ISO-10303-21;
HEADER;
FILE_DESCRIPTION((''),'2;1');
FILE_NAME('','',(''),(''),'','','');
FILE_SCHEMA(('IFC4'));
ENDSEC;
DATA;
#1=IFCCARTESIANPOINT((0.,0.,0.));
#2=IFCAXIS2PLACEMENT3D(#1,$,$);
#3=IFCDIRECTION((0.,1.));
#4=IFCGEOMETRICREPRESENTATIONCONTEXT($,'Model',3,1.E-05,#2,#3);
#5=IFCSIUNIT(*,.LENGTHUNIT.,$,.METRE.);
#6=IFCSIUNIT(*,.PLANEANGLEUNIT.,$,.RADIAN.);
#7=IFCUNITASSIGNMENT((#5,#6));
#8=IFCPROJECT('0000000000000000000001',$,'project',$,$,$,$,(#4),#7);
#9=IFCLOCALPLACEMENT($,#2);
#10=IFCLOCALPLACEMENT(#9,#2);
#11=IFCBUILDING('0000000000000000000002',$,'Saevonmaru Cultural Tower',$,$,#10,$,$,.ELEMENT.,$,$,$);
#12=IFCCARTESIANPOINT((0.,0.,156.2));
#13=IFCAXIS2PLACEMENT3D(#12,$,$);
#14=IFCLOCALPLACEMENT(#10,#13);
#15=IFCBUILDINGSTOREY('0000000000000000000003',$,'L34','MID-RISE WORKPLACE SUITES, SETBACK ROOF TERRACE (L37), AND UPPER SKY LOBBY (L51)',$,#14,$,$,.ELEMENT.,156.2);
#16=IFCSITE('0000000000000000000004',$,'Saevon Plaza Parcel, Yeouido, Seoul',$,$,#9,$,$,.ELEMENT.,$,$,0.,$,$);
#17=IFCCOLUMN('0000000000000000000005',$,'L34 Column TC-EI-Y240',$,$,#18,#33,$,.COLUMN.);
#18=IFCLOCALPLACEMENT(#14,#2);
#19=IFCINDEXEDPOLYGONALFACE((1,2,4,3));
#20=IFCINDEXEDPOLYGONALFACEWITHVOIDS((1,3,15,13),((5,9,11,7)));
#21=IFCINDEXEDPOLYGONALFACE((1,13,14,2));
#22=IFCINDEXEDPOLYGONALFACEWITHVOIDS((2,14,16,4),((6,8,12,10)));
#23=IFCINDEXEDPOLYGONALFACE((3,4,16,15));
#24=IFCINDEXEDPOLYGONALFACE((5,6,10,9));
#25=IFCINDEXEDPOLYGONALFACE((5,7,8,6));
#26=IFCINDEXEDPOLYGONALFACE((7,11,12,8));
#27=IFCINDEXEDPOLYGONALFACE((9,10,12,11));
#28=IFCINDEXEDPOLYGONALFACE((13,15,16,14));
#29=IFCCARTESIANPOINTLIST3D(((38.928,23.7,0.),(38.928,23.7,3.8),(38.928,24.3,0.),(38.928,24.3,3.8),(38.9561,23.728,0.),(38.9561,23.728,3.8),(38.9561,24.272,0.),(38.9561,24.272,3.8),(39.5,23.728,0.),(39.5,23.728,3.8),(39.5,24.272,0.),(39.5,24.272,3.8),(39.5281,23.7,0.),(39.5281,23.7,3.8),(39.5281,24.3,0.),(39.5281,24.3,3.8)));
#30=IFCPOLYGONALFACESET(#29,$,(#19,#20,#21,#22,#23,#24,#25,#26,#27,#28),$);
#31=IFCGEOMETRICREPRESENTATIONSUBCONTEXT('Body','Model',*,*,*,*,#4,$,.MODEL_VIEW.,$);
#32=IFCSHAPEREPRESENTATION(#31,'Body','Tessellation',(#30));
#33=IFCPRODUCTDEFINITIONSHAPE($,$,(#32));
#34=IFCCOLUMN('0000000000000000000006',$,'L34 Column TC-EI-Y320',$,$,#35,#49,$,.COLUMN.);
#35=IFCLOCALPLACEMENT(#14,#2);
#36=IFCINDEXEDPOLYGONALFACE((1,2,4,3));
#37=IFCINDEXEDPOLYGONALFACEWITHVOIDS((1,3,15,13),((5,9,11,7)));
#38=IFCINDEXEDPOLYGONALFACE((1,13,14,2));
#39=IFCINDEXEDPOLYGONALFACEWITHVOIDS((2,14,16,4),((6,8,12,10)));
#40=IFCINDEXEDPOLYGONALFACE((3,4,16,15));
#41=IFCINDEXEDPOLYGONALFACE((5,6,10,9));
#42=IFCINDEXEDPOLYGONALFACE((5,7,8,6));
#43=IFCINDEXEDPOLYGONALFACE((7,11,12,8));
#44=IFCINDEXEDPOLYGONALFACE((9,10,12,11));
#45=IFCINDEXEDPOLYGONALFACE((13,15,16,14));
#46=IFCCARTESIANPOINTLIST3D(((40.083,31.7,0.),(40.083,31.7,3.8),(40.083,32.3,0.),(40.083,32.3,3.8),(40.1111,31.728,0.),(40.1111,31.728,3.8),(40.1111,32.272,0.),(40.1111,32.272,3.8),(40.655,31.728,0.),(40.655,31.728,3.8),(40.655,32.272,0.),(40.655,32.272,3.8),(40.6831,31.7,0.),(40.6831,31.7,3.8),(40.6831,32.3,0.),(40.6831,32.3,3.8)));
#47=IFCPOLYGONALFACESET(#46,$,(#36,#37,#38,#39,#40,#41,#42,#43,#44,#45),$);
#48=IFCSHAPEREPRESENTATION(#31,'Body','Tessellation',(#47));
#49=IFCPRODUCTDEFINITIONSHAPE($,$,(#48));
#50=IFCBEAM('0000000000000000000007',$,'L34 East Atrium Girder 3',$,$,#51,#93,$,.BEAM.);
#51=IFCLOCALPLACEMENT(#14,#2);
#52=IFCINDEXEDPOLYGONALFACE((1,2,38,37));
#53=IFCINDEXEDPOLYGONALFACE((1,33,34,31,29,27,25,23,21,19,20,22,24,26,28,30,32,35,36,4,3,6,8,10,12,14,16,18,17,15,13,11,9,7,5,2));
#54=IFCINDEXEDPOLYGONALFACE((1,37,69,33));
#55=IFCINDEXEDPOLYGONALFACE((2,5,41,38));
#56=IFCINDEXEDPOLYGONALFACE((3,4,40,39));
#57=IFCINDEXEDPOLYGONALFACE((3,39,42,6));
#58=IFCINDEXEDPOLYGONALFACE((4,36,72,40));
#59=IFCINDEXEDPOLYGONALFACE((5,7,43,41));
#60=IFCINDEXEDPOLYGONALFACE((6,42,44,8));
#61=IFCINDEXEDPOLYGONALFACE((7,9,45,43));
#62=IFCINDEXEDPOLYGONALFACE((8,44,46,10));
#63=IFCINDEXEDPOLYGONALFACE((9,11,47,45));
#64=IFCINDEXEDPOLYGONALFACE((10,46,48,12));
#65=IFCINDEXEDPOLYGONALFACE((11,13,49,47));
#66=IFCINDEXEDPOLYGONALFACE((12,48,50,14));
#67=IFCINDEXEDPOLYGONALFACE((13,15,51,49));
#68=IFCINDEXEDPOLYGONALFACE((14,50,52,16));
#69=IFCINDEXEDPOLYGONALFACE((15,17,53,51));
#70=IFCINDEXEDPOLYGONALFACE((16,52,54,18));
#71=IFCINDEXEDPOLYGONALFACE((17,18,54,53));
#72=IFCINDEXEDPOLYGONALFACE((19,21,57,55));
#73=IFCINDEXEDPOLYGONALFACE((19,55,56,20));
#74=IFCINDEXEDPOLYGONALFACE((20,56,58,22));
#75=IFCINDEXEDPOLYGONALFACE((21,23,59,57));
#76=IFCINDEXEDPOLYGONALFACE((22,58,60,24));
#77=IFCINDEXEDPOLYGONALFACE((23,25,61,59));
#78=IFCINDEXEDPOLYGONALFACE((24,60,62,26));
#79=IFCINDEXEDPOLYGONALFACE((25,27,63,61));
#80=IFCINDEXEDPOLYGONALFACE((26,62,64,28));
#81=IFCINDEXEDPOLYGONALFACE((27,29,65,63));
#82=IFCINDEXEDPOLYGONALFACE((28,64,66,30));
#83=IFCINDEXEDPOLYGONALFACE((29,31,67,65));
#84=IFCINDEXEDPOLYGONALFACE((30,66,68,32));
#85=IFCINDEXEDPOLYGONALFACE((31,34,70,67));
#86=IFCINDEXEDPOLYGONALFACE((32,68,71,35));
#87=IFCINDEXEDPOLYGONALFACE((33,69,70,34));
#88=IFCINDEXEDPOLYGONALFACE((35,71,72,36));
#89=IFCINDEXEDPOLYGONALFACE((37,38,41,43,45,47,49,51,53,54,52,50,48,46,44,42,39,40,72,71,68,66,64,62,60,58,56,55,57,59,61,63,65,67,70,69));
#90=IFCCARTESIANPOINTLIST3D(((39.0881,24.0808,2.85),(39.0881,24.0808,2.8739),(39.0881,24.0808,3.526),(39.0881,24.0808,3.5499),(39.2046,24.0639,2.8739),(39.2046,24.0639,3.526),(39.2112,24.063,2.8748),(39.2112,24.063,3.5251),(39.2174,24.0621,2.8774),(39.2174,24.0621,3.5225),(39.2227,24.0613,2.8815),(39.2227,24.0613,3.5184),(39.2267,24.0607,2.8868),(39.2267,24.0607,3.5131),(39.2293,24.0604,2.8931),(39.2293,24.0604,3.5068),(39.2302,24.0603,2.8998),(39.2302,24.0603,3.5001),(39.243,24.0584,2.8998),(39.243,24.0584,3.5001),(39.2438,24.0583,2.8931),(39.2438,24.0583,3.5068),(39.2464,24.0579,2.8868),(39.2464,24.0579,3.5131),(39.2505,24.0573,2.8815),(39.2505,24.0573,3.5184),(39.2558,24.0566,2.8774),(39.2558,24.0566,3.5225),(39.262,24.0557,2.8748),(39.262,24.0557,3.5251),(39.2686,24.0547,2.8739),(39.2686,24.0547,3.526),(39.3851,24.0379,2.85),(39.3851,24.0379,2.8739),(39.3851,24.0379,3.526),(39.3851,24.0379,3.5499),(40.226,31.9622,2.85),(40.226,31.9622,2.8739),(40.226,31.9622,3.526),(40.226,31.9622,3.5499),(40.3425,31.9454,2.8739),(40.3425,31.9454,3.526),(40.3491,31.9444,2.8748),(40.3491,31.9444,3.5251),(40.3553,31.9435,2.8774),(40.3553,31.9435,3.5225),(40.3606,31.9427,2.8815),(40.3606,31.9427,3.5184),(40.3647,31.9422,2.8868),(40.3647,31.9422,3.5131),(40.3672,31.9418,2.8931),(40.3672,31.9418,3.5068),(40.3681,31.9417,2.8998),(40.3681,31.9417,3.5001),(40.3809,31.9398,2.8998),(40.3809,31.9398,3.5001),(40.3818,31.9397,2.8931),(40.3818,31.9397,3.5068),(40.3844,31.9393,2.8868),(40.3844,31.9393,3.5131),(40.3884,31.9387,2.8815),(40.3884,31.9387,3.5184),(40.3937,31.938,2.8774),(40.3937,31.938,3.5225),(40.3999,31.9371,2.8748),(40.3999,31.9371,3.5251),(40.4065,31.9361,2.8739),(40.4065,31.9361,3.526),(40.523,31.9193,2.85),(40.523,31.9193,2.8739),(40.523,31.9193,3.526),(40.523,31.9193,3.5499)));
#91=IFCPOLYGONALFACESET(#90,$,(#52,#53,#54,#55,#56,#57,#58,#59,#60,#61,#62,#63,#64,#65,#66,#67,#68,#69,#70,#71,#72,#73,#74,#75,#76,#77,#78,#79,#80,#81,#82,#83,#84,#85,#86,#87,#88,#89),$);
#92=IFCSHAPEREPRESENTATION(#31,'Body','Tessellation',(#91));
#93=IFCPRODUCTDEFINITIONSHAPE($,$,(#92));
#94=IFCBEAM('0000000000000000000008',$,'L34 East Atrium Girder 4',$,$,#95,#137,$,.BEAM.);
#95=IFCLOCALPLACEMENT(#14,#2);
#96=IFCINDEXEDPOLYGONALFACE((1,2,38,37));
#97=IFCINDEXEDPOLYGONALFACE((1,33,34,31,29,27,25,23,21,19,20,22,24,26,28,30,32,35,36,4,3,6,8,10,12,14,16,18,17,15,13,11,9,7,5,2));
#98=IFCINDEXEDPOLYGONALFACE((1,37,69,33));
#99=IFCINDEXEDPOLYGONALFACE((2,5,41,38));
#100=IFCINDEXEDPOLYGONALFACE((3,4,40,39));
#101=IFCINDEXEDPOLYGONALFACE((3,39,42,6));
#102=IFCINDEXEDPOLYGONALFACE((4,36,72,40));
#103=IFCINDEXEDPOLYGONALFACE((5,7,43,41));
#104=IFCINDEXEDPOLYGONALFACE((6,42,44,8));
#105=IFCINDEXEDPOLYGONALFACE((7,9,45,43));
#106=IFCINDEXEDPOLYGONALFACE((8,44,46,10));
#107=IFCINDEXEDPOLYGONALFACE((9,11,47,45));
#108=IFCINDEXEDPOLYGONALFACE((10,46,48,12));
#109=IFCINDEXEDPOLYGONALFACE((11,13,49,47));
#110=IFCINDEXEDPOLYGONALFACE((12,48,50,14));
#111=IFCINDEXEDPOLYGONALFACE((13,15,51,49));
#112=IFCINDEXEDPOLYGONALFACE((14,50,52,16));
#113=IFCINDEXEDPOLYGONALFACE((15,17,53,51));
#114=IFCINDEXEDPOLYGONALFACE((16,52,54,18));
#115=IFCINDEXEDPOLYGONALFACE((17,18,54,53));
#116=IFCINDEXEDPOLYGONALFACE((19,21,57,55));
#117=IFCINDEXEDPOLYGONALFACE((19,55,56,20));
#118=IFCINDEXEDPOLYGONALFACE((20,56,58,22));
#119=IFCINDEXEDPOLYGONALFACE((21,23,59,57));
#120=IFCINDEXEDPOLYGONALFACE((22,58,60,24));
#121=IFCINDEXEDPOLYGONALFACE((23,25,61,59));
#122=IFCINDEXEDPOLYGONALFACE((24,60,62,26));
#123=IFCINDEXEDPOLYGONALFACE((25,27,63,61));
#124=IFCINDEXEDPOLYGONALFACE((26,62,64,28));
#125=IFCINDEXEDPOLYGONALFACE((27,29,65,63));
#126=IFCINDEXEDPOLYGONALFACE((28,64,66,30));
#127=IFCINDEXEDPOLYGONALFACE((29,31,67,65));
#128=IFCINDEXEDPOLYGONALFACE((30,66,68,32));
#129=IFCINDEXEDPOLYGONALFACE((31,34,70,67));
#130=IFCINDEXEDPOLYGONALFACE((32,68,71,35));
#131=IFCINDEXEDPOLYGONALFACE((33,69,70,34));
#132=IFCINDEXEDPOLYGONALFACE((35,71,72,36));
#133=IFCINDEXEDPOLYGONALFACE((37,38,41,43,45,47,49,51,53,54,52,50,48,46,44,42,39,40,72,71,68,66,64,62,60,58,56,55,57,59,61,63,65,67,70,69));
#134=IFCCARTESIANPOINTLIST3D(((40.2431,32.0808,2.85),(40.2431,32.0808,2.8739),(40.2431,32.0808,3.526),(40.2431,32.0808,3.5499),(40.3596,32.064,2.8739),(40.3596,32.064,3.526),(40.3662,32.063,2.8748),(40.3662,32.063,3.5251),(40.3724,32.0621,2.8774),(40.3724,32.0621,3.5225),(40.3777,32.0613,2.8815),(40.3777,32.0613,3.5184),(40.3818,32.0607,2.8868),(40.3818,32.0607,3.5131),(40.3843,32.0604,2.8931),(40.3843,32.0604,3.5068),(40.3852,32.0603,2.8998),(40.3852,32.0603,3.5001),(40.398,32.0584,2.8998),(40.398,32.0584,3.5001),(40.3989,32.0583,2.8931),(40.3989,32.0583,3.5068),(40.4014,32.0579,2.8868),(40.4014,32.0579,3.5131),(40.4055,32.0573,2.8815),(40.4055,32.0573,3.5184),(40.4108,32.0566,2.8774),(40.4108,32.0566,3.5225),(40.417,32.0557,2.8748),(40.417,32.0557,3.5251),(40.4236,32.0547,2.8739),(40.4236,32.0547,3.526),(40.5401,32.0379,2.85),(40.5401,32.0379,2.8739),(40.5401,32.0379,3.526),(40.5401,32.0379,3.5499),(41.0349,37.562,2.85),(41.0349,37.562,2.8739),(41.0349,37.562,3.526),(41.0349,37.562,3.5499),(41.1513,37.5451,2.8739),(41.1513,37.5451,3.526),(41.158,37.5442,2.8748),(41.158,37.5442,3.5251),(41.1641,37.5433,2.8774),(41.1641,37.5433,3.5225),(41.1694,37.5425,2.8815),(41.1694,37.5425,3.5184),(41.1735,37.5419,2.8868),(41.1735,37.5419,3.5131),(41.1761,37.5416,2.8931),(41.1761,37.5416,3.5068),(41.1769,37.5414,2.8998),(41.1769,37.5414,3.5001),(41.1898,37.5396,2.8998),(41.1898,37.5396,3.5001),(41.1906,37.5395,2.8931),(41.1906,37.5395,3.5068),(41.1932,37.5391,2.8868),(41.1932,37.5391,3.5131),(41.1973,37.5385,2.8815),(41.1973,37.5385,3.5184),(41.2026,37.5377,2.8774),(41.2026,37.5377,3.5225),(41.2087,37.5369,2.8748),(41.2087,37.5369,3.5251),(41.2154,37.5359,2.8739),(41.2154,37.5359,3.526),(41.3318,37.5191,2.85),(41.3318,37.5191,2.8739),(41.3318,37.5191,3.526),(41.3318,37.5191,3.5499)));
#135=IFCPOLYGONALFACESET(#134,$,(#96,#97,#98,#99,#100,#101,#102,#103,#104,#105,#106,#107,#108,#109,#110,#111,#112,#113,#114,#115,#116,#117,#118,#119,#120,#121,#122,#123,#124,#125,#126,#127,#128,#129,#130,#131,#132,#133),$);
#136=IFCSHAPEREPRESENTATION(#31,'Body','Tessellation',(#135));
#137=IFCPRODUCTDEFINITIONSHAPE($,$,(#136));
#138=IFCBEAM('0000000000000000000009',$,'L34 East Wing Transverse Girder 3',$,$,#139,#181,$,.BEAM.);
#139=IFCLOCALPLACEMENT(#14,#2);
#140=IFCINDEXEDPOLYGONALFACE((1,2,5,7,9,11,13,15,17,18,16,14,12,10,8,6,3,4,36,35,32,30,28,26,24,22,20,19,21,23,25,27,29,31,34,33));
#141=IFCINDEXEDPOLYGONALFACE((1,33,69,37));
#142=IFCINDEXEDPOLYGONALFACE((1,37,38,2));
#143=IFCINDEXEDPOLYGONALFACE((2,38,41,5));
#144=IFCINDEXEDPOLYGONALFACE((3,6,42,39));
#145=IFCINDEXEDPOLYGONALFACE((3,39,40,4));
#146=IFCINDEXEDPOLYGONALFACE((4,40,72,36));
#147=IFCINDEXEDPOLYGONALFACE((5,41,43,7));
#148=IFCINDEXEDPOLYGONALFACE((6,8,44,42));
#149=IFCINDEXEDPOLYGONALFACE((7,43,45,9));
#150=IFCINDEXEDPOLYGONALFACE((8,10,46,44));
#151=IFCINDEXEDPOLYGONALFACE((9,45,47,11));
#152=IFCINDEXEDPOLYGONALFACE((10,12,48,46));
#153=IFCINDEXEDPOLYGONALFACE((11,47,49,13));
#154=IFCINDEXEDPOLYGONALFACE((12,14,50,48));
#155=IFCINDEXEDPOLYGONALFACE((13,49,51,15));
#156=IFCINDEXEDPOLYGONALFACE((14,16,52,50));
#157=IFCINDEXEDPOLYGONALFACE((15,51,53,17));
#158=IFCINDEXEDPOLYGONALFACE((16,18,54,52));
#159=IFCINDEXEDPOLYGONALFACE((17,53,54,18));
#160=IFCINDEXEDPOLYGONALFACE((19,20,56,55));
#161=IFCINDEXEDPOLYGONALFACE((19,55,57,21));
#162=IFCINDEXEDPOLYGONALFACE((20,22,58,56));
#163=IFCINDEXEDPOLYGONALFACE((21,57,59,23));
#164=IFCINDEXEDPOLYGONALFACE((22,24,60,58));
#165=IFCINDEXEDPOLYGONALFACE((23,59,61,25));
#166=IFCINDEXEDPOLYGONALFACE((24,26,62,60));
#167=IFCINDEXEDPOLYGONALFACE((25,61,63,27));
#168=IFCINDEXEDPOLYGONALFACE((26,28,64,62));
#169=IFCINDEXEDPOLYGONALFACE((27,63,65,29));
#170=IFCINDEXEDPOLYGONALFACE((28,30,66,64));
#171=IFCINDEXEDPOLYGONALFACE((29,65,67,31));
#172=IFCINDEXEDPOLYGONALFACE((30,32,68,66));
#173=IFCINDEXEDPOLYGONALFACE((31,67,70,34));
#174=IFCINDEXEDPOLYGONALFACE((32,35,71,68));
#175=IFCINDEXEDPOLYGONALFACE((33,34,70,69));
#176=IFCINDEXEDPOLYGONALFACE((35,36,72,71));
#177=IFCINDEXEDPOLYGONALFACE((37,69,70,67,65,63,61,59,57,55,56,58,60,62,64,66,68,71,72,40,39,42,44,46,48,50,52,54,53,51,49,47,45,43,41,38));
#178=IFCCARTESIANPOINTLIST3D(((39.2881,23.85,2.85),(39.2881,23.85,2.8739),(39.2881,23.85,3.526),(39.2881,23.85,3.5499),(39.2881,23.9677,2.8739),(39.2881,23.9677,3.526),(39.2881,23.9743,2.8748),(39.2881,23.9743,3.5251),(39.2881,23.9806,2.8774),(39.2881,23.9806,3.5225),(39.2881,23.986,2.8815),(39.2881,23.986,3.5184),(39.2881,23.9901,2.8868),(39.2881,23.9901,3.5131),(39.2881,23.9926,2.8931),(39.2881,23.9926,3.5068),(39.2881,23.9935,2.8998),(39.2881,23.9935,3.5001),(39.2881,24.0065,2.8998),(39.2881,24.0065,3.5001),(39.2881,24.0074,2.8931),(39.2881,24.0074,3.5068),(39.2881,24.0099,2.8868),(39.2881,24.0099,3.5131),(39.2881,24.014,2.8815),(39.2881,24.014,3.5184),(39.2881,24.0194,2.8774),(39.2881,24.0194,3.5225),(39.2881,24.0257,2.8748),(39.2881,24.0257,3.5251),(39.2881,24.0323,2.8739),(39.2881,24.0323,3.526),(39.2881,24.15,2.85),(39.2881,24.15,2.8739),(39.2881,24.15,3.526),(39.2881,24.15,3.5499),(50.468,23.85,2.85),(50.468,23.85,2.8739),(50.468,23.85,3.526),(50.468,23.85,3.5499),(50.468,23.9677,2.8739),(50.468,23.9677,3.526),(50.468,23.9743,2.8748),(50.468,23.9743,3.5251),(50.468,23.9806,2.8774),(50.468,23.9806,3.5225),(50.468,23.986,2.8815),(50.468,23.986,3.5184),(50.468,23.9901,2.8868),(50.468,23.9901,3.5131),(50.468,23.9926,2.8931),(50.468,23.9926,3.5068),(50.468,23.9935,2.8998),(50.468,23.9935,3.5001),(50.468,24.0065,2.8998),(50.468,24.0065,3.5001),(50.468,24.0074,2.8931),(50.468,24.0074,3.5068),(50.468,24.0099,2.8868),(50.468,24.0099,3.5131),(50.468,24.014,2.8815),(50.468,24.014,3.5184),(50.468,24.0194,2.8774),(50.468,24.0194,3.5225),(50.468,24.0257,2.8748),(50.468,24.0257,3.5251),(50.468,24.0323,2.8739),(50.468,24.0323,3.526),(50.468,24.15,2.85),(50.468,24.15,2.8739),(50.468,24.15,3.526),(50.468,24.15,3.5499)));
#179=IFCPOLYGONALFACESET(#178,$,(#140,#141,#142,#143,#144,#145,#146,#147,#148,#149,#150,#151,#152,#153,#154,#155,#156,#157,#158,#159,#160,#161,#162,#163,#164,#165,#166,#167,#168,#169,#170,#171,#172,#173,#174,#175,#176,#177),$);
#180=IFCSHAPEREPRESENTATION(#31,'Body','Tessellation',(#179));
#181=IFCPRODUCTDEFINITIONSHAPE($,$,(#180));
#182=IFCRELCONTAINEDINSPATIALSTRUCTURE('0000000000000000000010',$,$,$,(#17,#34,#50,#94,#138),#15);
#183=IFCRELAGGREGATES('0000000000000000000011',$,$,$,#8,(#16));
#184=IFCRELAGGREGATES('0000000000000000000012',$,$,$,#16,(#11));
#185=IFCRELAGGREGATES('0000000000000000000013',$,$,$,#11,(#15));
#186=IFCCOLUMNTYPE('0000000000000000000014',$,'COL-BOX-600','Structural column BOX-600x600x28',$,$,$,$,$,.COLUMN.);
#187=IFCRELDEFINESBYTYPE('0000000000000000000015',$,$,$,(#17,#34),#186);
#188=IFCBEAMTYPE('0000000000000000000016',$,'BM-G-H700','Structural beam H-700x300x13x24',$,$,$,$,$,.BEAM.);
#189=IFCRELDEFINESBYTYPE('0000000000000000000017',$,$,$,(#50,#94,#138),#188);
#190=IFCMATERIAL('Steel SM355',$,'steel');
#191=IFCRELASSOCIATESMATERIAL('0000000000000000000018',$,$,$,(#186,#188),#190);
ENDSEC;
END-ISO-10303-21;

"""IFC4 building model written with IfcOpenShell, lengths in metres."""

from ifc_helpers import new_model, si_unit, direction, frame, origin, origin_2d, place, context, subcontext, project, spatial, hollow_rectangle, i_section, extrude, material, material_profile, profile_set, type_object, element, save


model = new_model("IFC4")

# Units and contexts
model_context = context("Model", 3, precision=1e-05, world=origin(), true_north=direction((0.0, 1.0)))
body_context = subcontext(model_context, "Body", "Model", "MODEL_VIEW")
ifc_project = project(units=[si_unit("LENGTHUNIT", "METRE"), si_unit("PLANEANGLEUNIT", "RADIAN")], contexts=[model_context])

# Site, building, storey
site_placement = place(None, origin())
site = spatial("IfcSite", under=ifc_project, at=site_placement, Name="Saevon Plaza Parcel, Yeouido, Seoul", CompositionType="ELEMENT", RefElevation=0.0)
building_placement = place(site_placement, origin())
building = spatial("IfcBuilding", under=site, at=building_placement, Name="Saevonmaru Cultural Tower", CompositionType="ELEMENT")
storey_placement = place(building_placement, frame((0.0, 0.0, 156.2)))
storey = spatial("IfcBuildingStorey", under=building, at=storey_placement, Name="L34", Description="MID-RISE WORKPLACE SUITES, SETBACK ROOF TERRACE (L37), AND UPPER SKY LOBBY (L51)", CompositionType="ELEMENT", Elevation=156.2)

# Columns
ifc_material_1 = material(Name="Steel SM355", Category="steel")
ifc_material_profile_1 = material_profile(ifc_material_1, hollow_rectangle(XDim=0.6001, YDim=0.6001, WallThickness=0.0281, at=origin_2d()), Name="BOX-600x600x28")
ifc_profile_set_1 = profile_set([ifc_material_profile_1], Name="Steel SM355")
column_type = type_object("IfcColumnType", Name="COL-BOX-600", Description="Structural column BOX-600x600x28", PredefinedType="COLUMN", material=ifc_profile_set_1)
for number, where, z_axis, x_axis, name in (
    (1, (39.228, 24.0, 0.0), (0.0, 0.0, 1.0), (1.0, 0.0, 0.0), "L34 Column TC-EI-Y240"),
    (2, (40.3831, 32.0, 0.0), (0.0, 0.0, 1.0), (1.0, 0.0, 0.0), "L34 Column TC-EI-Y320"),
):
    element("IfcColumn", number, at=place(storey_placement, frame(where, z_axis=z_axis, x_axis=x_axis)), inside=storey, type_object=column_type, Name=name, PredefinedType="COLUMN", context=body_context, shape_type="SweptSolid", body=[
        extrude(hollow_rectangle(XDim=0.6001, YDim=0.6001, WallThickness=0.0281, at=origin_2d()), origin(), (0.0, 0.0, 1.0), 3.8),
    ])

# Beams
ifc_material_profile_2 = material_profile(ifc_material_1, i_section(OverallWidth=0.3, OverallDepth=0.7, WebThickness=0.0129, FlangeThickness=0.0239, FilletRadius=0.0259, at=origin_2d()), Name="H-700x300x13x24")
ifc_profile_set_2 = profile_set([ifc_material_profile_2], Name="Steel SM355")
beam_type_1 = type_object("IfcBeamType", Name="BM-G-H700", Description="Structural beam H-700x300x13x24", PredefinedType="BEAM", material=ifc_profile_set_2)
beam_1_placement = place(storey_placement, frame((39.2366, 24.0593, 3.2), z_axis=(0.142902, 0.989737, 0.0), x_axis=(-0.989737, 0.142902, 0.0)))
element("IfcBeam", 3, at=beam_1_placement, inside=storey, type_object=beam_type_1, Name="L34 East Atrium Girder 3", PredefinedType="BEAM", context=body_context, shape_type="SweptSolid", body=[
    extrude(i_section(OverallWidth=0.3, OverallDepth=0.7, WebThickness=0.0129, FlangeThickness=0.0239, FilletRadius=0.0259, at=origin_2d()), origin(), (0.0, 0.0, 1.0), 7.9631),
])
beam_2_placement = place(storey_placement, frame((40.3916, 32.0593, 3.2), z_axis=(0.142964, 0.989728, 0.0), x_axis=(-0.989728, 0.142964, 0.0)))
element("IfcBeam", 4, at=beam_2_placement, inside=storey, type_object=beam_type_1, Name="L34 East Atrium Girder 4", PredefinedType="BEAM", context=body_context, shape_type="SweptSolid", body=[
    extrude(i_section(OverallWidth=0.3, OverallDepth=0.7, WebThickness=0.0129, FlangeThickness=0.0239, FilletRadius=0.0259, at=origin_2d()), origin(), (0.0, 0.0, 1.0), 5.5381),
])
for number, where, z_axis, x_axis, name in (
    (5, (39.2881, 24.0, 3.2), (1.0, 0.0, 0.0), (0.0, 1.0, 0.0), "L34 East Wing Transverse Girder 3"),
):
    element("IfcBeam", number, at=place(storey_placement, frame(where, z_axis=z_axis, x_axis=x_axis)), inside=storey, type_object=beam_type_1, Name=name, PredefinedType="BEAM", context=body_context, shape_type="SweptSolid", body=[
        extrude(i_section(OverallWidth=0.3, OverallDepth=0.7, WebThickness=0.0129, FlangeThickness=0.0239, FilletRadius=0.0259, at=origin_2d()), origin(), (0.0, 0.0, 1.0), 11.1799),
    ])

save(model, "model.ifc")
